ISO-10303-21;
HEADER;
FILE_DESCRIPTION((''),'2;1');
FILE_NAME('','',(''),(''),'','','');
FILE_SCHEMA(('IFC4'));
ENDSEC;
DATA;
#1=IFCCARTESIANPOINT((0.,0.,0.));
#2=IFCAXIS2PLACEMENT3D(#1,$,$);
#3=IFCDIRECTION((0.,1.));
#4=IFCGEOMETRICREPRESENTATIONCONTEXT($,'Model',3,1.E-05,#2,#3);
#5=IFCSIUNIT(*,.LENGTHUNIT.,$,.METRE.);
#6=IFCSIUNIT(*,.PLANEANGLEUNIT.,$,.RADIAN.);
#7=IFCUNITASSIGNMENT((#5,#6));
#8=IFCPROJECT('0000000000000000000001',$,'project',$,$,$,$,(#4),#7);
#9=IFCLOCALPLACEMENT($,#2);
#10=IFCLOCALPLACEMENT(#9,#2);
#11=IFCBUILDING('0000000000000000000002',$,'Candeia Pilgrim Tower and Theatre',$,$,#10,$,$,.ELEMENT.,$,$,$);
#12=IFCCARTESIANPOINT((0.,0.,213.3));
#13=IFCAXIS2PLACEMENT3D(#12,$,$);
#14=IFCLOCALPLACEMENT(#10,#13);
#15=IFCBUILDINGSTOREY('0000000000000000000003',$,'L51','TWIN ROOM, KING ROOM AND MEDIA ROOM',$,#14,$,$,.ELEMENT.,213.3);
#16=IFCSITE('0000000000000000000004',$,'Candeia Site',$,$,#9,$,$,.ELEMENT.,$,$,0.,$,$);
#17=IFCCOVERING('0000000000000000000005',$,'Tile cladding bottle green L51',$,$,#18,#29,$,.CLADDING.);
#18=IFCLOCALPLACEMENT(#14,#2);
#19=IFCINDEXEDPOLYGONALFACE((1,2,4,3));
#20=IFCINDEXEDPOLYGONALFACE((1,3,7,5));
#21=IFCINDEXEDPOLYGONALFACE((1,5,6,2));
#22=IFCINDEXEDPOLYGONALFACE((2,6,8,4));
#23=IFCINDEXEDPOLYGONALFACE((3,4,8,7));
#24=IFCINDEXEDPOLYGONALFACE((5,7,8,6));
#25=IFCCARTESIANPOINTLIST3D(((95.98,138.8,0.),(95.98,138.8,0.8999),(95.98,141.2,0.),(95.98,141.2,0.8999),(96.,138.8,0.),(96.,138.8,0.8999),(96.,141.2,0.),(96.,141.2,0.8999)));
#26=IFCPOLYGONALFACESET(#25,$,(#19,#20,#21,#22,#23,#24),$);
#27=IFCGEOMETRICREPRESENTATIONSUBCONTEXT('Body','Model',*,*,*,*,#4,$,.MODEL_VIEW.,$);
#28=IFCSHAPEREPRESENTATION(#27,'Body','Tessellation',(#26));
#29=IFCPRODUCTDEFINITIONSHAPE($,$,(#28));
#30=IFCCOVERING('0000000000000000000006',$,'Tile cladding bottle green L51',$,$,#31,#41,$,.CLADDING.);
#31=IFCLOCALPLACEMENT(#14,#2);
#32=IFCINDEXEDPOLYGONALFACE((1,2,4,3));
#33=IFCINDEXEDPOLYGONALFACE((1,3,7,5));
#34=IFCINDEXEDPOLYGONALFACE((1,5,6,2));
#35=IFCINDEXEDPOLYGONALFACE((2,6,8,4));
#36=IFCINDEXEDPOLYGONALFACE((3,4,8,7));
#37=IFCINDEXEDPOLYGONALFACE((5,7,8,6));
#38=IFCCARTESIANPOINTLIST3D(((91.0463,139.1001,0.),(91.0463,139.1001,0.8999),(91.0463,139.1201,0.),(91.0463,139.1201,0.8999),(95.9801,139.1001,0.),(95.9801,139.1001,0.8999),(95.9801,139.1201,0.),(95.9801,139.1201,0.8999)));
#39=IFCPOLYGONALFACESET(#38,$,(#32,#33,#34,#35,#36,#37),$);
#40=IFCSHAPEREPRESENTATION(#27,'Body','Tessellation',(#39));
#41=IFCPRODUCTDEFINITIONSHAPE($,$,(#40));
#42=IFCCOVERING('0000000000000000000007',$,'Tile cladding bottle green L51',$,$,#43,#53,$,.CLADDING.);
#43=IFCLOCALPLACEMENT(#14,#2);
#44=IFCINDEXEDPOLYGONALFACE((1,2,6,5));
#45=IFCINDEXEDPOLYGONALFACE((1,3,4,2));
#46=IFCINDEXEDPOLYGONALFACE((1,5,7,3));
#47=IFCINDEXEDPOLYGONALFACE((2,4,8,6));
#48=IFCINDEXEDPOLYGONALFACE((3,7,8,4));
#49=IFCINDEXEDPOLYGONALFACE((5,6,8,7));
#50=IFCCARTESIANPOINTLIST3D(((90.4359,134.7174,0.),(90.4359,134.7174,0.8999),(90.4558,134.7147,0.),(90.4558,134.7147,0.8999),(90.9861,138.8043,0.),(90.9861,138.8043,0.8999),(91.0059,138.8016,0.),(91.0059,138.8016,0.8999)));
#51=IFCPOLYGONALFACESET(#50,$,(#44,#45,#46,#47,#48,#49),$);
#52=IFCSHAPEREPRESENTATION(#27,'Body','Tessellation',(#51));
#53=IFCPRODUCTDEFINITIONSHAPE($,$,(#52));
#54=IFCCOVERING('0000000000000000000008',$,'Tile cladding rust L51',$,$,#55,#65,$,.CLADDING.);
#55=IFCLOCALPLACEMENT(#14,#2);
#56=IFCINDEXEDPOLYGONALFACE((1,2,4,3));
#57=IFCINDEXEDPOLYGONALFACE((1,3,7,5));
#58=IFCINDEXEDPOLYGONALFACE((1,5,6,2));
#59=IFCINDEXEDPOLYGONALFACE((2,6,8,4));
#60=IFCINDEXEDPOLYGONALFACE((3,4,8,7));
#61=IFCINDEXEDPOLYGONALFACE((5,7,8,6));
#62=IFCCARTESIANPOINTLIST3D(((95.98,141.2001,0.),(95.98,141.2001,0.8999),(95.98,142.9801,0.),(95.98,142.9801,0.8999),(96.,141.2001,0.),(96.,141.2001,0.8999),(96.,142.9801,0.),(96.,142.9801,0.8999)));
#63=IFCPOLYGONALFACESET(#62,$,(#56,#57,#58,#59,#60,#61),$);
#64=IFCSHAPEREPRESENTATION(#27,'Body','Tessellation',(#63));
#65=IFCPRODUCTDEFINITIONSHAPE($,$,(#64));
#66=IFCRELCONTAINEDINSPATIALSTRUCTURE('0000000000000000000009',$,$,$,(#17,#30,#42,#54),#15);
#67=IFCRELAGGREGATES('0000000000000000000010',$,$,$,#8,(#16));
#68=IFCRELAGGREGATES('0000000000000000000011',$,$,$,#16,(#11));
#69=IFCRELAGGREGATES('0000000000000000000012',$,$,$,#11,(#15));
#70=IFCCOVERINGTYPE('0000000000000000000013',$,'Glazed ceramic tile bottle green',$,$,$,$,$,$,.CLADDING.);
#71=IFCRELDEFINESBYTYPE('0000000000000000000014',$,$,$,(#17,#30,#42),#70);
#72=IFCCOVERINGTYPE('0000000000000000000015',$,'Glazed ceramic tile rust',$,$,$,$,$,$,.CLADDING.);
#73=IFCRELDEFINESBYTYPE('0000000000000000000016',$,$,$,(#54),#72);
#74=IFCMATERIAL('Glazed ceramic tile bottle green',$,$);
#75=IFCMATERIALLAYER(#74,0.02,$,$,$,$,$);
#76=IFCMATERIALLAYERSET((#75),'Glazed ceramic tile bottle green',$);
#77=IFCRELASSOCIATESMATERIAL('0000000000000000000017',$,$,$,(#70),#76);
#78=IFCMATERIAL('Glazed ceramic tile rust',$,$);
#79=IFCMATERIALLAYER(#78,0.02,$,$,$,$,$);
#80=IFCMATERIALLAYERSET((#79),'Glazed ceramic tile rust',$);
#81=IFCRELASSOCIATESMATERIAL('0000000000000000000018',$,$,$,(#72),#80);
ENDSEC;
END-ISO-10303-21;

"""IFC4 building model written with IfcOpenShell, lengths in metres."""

from ifc_helpers import new_model, si_unit, direction, frame, origin, origin_2d, place, context, subcontext, project, spatial, rectangle, extrude, material, layer, layer_set, type_object, element, save


model = new_model("IFC4")

# Units and contexts
model_context = context("Model", 3, precision=1e-05, world=origin(), true_north=direction((0.0, 1.0)))
body_context = subcontext(model_context, "Body", "Model", "MODEL_VIEW")
ifc_project = project(units=[si_unit("LENGTHUNIT", "METRE"), si_unit("PLANEANGLEUNIT", "RADIAN")], contexts=[model_context])

# Site, building, storey
site_placement = place(None, origin())
site = spatial("IfcSite", under=ifc_project, at=site_placement, Name="Candeia Site", CompositionType="ELEMENT", RefElevation=0.0)
building_placement = place(site_placement, origin())
building = spatial("IfcBuilding", under=site, at=building_placement, Name="Candeia Pilgrim Tower and Theatre", CompositionType="ELEMENT")
storey_placement = place(building_placement, frame((0.0, 0.0, 213.3)))
storey = spatial("IfcBuildingStorey", under=building, at=storey_placement, Name="L51", Description="TWIN ROOM, KING ROOM AND MEDIA ROOM", CompositionType="ELEMENT", Elevation=213.3)

# Coverings
ifc_material_1 = material(Name="Glazed ceramic tile bottle green")
ifc_layer_1 = layer(ifc_material_1, 0.02)
ifc_layer_set_1 = layer_set([ifc_layer_1], Name="Glazed ceramic tile bottle green")
covering_type_1 = type_object("IfcCoveringType", Name="Glazed ceramic tile bottle green", PredefinedType="CLADDING", material=ifc_layer_set_1)
covering_1_placement = place(storey_placement, frame((95.99, 140.0, 0.0), z_axis=(0.0, 0.0, 1.0), x_axis=(0.0, -1.0, 0.0)))
element("IfcCovering", 1, at=covering_1_placement, inside=storey, type_object=covering_type_1, Name="Tile cladding bottle green L51", PredefinedType="CLADDING", context=body_context, shape_type="SweptSolid", body=[
    extrude(rectangle(XDim=2.3999, YDim=0.02, at=origin_2d()), origin(), (0.0, 0.0, 1.0), 0.8999),
])
covering_2_placement = place(storey_placement, frame((93.5132, 139.1101, 0.0), z_axis=(0.0, 0.0, 1.0), x_axis=(-1.0, 0.0, 0.0)))
element("IfcCovering", 2, at=covering_2_placement, inside=storey, type_object=covering_type_1, Name="Tile cladding bottle green L51", PredefinedType="CLADDING", context=body_context, shape_type="SweptSolid", body=[
    extrude(rectangle(XDim=4.9338, YDim=0.02, at=origin_2d()), origin(), (0.0, 0.0, 1.0), 0.8999),
])
covering_3_placement = place(storey_placement, frame((90.7209, 136.7595, 0.0), z_axis=(0.0, 0.0, 1.0), x_axis=(-0.133412, -0.991061, 0.0)))
element("IfcCovering", 3, at=covering_3_placement, inside=storey, type_object=covering_type_1, Name="Tile cladding bottle green L51", PredefinedType="CLADDING", context=body_context, shape_type="SweptSolid", body=[
    extrude(rectangle(XDim=4.1238, YDim=0.02, at=origin_2d()), origin(), (0.0, 0.0, 1.0), 0.8999),
])
ifc_material_2 = material(Name="Glazed ceramic tile rust")
ifc_layer_2 = layer(ifc_material_2, 0.02)
ifc_layer_set_2 = layer_set([ifc_layer_2], Name="Glazed ceramic tile rust")
covering_type_2 = type_object("IfcCoveringType", Name="Glazed ceramic tile rust", PredefinedType="CLADDING", material=ifc_layer_set_2)
covering_4_placement = place(storey_placement, frame((95.99, 142.0901, 0.0), z_axis=(0.0, 0.0, 1.0), x_axis=(0.0, -1.0, 0.0)))
element("IfcCovering", 4, at=covering_4_placement, inside=storey, type_object=covering_type_2, Name="Tile cladding rust L51", PredefinedType="CLADDING", context=body_context, shape_type="SweptSolid", body=[
    extrude(rectangle(XDim=1.78, YDim=0.02, at=origin_2d()), origin(), (0.0, 0.0, 1.0), 0.8999),
])

save(model, "model.ifc")
